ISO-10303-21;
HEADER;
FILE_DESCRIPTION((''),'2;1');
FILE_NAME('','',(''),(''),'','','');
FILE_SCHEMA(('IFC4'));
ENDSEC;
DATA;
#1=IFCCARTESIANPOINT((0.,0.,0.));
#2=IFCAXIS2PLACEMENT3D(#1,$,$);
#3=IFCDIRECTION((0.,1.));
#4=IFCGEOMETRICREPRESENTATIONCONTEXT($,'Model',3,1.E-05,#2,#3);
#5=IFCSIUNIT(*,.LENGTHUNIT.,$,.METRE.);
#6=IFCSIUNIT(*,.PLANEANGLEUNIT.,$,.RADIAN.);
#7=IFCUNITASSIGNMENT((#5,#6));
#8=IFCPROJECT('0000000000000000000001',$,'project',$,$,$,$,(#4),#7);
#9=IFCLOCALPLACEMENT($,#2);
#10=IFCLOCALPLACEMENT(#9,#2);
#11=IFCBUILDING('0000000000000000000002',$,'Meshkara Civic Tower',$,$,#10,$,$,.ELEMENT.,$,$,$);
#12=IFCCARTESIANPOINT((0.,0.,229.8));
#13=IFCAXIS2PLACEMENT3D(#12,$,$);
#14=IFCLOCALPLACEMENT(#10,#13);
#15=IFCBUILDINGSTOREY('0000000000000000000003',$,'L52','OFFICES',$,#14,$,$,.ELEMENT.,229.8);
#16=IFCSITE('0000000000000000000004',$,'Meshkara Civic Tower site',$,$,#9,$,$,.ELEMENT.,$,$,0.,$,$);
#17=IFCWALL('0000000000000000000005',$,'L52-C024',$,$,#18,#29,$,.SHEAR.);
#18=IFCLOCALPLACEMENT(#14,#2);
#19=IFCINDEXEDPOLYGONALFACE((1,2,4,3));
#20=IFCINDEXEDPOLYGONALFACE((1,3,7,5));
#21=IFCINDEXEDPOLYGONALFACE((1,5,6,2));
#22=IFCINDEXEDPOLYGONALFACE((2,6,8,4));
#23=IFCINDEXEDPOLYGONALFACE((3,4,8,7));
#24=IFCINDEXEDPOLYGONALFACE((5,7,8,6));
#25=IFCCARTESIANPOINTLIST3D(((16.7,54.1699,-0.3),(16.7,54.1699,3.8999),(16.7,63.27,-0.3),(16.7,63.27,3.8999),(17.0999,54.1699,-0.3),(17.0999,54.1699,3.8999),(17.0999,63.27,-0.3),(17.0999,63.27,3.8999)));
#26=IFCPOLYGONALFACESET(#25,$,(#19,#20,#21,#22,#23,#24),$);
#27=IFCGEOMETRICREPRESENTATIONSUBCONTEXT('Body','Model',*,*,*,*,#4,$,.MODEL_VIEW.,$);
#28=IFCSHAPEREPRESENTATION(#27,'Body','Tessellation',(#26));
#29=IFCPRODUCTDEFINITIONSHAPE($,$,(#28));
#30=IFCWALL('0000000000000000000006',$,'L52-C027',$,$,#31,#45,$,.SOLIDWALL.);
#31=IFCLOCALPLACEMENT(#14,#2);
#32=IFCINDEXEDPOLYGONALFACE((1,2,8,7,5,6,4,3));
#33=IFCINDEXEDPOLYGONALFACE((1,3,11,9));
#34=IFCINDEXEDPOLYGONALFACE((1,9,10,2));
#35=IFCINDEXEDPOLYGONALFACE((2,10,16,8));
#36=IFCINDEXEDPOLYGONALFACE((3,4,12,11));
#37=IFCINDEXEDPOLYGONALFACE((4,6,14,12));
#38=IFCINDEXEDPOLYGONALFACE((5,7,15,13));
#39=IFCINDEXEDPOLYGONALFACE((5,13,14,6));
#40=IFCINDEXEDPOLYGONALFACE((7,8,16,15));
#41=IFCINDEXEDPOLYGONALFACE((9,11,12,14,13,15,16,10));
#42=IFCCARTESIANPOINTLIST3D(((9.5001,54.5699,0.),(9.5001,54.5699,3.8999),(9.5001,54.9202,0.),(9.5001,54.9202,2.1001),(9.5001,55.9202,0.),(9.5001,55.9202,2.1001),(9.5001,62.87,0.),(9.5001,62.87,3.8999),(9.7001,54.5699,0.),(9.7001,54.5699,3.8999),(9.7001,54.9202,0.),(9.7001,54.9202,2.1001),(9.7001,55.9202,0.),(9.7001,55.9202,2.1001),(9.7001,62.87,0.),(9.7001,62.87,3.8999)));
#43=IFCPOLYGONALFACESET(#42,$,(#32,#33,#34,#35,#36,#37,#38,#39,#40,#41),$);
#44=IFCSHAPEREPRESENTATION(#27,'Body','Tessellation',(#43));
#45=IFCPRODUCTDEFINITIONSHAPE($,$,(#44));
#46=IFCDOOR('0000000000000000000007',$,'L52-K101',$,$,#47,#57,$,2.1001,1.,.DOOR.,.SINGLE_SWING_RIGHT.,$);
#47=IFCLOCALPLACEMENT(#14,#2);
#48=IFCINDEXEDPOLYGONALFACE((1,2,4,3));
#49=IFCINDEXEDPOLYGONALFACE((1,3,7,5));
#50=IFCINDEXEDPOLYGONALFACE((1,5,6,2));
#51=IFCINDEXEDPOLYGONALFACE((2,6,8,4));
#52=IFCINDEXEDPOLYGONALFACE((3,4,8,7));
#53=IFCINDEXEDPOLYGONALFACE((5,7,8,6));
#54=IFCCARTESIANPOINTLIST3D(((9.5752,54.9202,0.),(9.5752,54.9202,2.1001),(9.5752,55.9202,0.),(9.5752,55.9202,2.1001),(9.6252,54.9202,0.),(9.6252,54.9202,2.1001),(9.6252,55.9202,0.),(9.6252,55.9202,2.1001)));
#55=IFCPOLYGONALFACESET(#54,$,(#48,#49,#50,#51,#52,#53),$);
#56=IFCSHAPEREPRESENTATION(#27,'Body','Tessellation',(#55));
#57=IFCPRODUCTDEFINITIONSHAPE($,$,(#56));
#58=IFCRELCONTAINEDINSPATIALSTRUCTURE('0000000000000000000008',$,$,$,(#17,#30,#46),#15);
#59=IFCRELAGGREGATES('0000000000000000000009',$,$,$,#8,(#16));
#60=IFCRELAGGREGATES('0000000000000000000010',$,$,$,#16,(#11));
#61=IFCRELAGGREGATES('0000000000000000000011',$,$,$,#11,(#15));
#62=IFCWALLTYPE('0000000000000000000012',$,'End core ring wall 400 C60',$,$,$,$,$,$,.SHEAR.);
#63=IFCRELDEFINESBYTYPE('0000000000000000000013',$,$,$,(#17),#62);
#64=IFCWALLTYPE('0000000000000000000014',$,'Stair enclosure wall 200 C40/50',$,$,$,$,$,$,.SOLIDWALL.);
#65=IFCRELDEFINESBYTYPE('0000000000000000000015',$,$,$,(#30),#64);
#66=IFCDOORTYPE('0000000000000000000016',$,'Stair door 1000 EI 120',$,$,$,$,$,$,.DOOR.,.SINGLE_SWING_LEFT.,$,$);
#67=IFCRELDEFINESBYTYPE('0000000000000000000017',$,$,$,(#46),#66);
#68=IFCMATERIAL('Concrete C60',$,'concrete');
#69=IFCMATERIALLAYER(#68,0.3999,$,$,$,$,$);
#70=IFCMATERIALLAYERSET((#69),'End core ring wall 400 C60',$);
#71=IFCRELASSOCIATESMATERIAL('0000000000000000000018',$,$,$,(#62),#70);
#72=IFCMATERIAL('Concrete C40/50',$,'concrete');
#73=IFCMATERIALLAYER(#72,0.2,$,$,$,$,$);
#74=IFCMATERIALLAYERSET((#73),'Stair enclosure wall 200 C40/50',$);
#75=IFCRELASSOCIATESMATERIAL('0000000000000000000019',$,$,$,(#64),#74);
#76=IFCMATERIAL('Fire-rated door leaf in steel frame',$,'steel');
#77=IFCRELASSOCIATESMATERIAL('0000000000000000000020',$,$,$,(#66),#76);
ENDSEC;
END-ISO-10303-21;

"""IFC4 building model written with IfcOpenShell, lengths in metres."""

from ifc_helpers import new_model, si_unit, direction, frame, frame_2d, origin, place, context, subcontext, project, spatial, rectangle, extrude, material, layer, layer_set, type_object, element, fill, save


model = new_model("IFC4")

# Units and contexts
model_context = context("Model", 3, precision=1e-05, world=origin(), true_north=direction((0.0, 1.0)))
body_context = subcontext(model_context, "Body", "Model", "MODEL_VIEW")
ifc_project = project(units=[si_unit("LENGTHUNIT", "METRE"), si_unit("PLANEANGLEUNIT", "RADIAN")], contexts=[model_context])

# Site, building, storey
site_placement = place(None, origin())
site = spatial("IfcSite", under=ifc_project, at=site_placement, Name="Meshkara Civic Tower site", CompositionType="ELEMENT", RefElevation=0.0)
building_placement = place(site_placement, origin())
building = spatial("IfcBuilding", under=site, at=building_placement, Name="Meshkara Civic Tower", CompositionType="ELEMENT")
storey_placement = place(building_placement, frame((0.0, 0.0, 229.8)))
storey = spatial("IfcBuildingStorey", under=building, at=storey_placement, Name="L52", Description="OFFICES", CompositionType="ELEMENT", Elevation=229.8)

# Wall
ifc_material_1 = material(Name="Concrete C60", Category="concrete")
ifc_layer_1 = layer(ifc_material_1, 0.3999)
ifc_layer_set_1 = layer_set([ifc_layer_1], Name="End core ring wall 400 C60")
wall_type_1 = type_object("IfcWallType", Name="End core ring wall 400 C60", PredefinedType="SHEAR", material=ifc_layer_set_1)
wall_1_placement = place(storey_placement, frame((16.8999, 54.1699, -0.3), z_axis=(0.0, 0.0, 1.0), x_axis=(0.0, 1.0, 0.0)))
element("IfcWall", 1, at=wall_1_placement, inside=storey, type_object=wall_type_1, Name="L52-C024", PredefinedType="SHEAR", context=body_context, shape_type="SweptSolid", body=[
    extrude(rectangle(XDim=9.1001, YDim=0.3999, at=frame_2d((4.55, 0.0))), origin(), (0.0, 0.0, 1.0), 4.2),
])

# Wall, opening, door
ifc_material_2 = material(Name="Concrete C40/50", Category="concrete")
ifc_layer_2 = layer(ifc_material_2, 0.2)
ifc_layer_set_2 = layer_set([ifc_layer_2], Name="Stair enclosure wall 200 C40/50")
wall_type_2 = type_object("IfcWallType", Name="Stair enclosure wall 200 C40/50", PredefinedType="SOLIDWALL", material=ifc_layer_set_2)
wall_2_placement = place(storey_placement, frame((9.6001, 54.5701, 0.0), z_axis=(0.0, 0.0, 1.0), x_axis=(0.0, 1.0, 0.0)))
wall_2 = element("IfcWall", 2, at=wall_2_placement, inside=storey, type_object=wall_type_2, Name="L52-C027", PredefinedType="SOLIDWALL", context=body_context, shape_type="SweptSolid", body=[
    extrude(rectangle(XDim=8.3, YDim=0.2, at=frame_2d((4.1499, 0.0))), origin(), (0.0, 0.0, 1.0), 3.8999),
])
opening_1_placement = place(wall_2_placement, frame((0.3501, 0.0, 0.0)))
opening_1 = element("IfcOpeningElement", 3, at=opening_1_placement, cuts=wall_2, PredefinedType="OPENING", context=body_context, shape_type="SweptSolid", body=[
    extrude(rectangle(XDim=1.0, YDim=2.1001, at=frame_2d((0.5, 1.05))), frame((0.0, 0.1099, 0.0), z_axis=(0.0, -1.0, 0.0), x_axis=(1.0, 0.0, 0.0)), (0.0, 0.0, 1.0), 0.22),
])
ifc_material_3 = material(Name="Fire-rated door leaf in steel frame", Category="steel")
door_type_1 = type_object("IfcDoorType", Name="Stair door 1000 EI 120", OperationType="SINGLE_SWING_LEFT", PredefinedType="DOOR", material=ifc_material_3)
door_1_placement = place(opening_1_placement, origin())
door_1 = element("IfcDoor", 4, at=door_1_placement, inside=storey, type_object=door_type_1, Name="L52-K101", OperationType="SINGLE_SWING_RIGHT", OverallHeight=2.1001, OverallWidth=1.0, PredefinedType="DOOR", context=body_context, shape_type="SweptSolid", body=[
    extrude(rectangle(XDim=1.0, YDim=2.1001, at=frame_2d((0.5, 1.05))), frame((0.0, 0.0249, 0.0), z_axis=(0.0, -1.0, 0.0), x_axis=(1.0, 0.0, 0.0)), (0.0, 0.0, 1.0), 0.05),
])
fill(opening_1, door_1)

save(model, "model.ifc")
